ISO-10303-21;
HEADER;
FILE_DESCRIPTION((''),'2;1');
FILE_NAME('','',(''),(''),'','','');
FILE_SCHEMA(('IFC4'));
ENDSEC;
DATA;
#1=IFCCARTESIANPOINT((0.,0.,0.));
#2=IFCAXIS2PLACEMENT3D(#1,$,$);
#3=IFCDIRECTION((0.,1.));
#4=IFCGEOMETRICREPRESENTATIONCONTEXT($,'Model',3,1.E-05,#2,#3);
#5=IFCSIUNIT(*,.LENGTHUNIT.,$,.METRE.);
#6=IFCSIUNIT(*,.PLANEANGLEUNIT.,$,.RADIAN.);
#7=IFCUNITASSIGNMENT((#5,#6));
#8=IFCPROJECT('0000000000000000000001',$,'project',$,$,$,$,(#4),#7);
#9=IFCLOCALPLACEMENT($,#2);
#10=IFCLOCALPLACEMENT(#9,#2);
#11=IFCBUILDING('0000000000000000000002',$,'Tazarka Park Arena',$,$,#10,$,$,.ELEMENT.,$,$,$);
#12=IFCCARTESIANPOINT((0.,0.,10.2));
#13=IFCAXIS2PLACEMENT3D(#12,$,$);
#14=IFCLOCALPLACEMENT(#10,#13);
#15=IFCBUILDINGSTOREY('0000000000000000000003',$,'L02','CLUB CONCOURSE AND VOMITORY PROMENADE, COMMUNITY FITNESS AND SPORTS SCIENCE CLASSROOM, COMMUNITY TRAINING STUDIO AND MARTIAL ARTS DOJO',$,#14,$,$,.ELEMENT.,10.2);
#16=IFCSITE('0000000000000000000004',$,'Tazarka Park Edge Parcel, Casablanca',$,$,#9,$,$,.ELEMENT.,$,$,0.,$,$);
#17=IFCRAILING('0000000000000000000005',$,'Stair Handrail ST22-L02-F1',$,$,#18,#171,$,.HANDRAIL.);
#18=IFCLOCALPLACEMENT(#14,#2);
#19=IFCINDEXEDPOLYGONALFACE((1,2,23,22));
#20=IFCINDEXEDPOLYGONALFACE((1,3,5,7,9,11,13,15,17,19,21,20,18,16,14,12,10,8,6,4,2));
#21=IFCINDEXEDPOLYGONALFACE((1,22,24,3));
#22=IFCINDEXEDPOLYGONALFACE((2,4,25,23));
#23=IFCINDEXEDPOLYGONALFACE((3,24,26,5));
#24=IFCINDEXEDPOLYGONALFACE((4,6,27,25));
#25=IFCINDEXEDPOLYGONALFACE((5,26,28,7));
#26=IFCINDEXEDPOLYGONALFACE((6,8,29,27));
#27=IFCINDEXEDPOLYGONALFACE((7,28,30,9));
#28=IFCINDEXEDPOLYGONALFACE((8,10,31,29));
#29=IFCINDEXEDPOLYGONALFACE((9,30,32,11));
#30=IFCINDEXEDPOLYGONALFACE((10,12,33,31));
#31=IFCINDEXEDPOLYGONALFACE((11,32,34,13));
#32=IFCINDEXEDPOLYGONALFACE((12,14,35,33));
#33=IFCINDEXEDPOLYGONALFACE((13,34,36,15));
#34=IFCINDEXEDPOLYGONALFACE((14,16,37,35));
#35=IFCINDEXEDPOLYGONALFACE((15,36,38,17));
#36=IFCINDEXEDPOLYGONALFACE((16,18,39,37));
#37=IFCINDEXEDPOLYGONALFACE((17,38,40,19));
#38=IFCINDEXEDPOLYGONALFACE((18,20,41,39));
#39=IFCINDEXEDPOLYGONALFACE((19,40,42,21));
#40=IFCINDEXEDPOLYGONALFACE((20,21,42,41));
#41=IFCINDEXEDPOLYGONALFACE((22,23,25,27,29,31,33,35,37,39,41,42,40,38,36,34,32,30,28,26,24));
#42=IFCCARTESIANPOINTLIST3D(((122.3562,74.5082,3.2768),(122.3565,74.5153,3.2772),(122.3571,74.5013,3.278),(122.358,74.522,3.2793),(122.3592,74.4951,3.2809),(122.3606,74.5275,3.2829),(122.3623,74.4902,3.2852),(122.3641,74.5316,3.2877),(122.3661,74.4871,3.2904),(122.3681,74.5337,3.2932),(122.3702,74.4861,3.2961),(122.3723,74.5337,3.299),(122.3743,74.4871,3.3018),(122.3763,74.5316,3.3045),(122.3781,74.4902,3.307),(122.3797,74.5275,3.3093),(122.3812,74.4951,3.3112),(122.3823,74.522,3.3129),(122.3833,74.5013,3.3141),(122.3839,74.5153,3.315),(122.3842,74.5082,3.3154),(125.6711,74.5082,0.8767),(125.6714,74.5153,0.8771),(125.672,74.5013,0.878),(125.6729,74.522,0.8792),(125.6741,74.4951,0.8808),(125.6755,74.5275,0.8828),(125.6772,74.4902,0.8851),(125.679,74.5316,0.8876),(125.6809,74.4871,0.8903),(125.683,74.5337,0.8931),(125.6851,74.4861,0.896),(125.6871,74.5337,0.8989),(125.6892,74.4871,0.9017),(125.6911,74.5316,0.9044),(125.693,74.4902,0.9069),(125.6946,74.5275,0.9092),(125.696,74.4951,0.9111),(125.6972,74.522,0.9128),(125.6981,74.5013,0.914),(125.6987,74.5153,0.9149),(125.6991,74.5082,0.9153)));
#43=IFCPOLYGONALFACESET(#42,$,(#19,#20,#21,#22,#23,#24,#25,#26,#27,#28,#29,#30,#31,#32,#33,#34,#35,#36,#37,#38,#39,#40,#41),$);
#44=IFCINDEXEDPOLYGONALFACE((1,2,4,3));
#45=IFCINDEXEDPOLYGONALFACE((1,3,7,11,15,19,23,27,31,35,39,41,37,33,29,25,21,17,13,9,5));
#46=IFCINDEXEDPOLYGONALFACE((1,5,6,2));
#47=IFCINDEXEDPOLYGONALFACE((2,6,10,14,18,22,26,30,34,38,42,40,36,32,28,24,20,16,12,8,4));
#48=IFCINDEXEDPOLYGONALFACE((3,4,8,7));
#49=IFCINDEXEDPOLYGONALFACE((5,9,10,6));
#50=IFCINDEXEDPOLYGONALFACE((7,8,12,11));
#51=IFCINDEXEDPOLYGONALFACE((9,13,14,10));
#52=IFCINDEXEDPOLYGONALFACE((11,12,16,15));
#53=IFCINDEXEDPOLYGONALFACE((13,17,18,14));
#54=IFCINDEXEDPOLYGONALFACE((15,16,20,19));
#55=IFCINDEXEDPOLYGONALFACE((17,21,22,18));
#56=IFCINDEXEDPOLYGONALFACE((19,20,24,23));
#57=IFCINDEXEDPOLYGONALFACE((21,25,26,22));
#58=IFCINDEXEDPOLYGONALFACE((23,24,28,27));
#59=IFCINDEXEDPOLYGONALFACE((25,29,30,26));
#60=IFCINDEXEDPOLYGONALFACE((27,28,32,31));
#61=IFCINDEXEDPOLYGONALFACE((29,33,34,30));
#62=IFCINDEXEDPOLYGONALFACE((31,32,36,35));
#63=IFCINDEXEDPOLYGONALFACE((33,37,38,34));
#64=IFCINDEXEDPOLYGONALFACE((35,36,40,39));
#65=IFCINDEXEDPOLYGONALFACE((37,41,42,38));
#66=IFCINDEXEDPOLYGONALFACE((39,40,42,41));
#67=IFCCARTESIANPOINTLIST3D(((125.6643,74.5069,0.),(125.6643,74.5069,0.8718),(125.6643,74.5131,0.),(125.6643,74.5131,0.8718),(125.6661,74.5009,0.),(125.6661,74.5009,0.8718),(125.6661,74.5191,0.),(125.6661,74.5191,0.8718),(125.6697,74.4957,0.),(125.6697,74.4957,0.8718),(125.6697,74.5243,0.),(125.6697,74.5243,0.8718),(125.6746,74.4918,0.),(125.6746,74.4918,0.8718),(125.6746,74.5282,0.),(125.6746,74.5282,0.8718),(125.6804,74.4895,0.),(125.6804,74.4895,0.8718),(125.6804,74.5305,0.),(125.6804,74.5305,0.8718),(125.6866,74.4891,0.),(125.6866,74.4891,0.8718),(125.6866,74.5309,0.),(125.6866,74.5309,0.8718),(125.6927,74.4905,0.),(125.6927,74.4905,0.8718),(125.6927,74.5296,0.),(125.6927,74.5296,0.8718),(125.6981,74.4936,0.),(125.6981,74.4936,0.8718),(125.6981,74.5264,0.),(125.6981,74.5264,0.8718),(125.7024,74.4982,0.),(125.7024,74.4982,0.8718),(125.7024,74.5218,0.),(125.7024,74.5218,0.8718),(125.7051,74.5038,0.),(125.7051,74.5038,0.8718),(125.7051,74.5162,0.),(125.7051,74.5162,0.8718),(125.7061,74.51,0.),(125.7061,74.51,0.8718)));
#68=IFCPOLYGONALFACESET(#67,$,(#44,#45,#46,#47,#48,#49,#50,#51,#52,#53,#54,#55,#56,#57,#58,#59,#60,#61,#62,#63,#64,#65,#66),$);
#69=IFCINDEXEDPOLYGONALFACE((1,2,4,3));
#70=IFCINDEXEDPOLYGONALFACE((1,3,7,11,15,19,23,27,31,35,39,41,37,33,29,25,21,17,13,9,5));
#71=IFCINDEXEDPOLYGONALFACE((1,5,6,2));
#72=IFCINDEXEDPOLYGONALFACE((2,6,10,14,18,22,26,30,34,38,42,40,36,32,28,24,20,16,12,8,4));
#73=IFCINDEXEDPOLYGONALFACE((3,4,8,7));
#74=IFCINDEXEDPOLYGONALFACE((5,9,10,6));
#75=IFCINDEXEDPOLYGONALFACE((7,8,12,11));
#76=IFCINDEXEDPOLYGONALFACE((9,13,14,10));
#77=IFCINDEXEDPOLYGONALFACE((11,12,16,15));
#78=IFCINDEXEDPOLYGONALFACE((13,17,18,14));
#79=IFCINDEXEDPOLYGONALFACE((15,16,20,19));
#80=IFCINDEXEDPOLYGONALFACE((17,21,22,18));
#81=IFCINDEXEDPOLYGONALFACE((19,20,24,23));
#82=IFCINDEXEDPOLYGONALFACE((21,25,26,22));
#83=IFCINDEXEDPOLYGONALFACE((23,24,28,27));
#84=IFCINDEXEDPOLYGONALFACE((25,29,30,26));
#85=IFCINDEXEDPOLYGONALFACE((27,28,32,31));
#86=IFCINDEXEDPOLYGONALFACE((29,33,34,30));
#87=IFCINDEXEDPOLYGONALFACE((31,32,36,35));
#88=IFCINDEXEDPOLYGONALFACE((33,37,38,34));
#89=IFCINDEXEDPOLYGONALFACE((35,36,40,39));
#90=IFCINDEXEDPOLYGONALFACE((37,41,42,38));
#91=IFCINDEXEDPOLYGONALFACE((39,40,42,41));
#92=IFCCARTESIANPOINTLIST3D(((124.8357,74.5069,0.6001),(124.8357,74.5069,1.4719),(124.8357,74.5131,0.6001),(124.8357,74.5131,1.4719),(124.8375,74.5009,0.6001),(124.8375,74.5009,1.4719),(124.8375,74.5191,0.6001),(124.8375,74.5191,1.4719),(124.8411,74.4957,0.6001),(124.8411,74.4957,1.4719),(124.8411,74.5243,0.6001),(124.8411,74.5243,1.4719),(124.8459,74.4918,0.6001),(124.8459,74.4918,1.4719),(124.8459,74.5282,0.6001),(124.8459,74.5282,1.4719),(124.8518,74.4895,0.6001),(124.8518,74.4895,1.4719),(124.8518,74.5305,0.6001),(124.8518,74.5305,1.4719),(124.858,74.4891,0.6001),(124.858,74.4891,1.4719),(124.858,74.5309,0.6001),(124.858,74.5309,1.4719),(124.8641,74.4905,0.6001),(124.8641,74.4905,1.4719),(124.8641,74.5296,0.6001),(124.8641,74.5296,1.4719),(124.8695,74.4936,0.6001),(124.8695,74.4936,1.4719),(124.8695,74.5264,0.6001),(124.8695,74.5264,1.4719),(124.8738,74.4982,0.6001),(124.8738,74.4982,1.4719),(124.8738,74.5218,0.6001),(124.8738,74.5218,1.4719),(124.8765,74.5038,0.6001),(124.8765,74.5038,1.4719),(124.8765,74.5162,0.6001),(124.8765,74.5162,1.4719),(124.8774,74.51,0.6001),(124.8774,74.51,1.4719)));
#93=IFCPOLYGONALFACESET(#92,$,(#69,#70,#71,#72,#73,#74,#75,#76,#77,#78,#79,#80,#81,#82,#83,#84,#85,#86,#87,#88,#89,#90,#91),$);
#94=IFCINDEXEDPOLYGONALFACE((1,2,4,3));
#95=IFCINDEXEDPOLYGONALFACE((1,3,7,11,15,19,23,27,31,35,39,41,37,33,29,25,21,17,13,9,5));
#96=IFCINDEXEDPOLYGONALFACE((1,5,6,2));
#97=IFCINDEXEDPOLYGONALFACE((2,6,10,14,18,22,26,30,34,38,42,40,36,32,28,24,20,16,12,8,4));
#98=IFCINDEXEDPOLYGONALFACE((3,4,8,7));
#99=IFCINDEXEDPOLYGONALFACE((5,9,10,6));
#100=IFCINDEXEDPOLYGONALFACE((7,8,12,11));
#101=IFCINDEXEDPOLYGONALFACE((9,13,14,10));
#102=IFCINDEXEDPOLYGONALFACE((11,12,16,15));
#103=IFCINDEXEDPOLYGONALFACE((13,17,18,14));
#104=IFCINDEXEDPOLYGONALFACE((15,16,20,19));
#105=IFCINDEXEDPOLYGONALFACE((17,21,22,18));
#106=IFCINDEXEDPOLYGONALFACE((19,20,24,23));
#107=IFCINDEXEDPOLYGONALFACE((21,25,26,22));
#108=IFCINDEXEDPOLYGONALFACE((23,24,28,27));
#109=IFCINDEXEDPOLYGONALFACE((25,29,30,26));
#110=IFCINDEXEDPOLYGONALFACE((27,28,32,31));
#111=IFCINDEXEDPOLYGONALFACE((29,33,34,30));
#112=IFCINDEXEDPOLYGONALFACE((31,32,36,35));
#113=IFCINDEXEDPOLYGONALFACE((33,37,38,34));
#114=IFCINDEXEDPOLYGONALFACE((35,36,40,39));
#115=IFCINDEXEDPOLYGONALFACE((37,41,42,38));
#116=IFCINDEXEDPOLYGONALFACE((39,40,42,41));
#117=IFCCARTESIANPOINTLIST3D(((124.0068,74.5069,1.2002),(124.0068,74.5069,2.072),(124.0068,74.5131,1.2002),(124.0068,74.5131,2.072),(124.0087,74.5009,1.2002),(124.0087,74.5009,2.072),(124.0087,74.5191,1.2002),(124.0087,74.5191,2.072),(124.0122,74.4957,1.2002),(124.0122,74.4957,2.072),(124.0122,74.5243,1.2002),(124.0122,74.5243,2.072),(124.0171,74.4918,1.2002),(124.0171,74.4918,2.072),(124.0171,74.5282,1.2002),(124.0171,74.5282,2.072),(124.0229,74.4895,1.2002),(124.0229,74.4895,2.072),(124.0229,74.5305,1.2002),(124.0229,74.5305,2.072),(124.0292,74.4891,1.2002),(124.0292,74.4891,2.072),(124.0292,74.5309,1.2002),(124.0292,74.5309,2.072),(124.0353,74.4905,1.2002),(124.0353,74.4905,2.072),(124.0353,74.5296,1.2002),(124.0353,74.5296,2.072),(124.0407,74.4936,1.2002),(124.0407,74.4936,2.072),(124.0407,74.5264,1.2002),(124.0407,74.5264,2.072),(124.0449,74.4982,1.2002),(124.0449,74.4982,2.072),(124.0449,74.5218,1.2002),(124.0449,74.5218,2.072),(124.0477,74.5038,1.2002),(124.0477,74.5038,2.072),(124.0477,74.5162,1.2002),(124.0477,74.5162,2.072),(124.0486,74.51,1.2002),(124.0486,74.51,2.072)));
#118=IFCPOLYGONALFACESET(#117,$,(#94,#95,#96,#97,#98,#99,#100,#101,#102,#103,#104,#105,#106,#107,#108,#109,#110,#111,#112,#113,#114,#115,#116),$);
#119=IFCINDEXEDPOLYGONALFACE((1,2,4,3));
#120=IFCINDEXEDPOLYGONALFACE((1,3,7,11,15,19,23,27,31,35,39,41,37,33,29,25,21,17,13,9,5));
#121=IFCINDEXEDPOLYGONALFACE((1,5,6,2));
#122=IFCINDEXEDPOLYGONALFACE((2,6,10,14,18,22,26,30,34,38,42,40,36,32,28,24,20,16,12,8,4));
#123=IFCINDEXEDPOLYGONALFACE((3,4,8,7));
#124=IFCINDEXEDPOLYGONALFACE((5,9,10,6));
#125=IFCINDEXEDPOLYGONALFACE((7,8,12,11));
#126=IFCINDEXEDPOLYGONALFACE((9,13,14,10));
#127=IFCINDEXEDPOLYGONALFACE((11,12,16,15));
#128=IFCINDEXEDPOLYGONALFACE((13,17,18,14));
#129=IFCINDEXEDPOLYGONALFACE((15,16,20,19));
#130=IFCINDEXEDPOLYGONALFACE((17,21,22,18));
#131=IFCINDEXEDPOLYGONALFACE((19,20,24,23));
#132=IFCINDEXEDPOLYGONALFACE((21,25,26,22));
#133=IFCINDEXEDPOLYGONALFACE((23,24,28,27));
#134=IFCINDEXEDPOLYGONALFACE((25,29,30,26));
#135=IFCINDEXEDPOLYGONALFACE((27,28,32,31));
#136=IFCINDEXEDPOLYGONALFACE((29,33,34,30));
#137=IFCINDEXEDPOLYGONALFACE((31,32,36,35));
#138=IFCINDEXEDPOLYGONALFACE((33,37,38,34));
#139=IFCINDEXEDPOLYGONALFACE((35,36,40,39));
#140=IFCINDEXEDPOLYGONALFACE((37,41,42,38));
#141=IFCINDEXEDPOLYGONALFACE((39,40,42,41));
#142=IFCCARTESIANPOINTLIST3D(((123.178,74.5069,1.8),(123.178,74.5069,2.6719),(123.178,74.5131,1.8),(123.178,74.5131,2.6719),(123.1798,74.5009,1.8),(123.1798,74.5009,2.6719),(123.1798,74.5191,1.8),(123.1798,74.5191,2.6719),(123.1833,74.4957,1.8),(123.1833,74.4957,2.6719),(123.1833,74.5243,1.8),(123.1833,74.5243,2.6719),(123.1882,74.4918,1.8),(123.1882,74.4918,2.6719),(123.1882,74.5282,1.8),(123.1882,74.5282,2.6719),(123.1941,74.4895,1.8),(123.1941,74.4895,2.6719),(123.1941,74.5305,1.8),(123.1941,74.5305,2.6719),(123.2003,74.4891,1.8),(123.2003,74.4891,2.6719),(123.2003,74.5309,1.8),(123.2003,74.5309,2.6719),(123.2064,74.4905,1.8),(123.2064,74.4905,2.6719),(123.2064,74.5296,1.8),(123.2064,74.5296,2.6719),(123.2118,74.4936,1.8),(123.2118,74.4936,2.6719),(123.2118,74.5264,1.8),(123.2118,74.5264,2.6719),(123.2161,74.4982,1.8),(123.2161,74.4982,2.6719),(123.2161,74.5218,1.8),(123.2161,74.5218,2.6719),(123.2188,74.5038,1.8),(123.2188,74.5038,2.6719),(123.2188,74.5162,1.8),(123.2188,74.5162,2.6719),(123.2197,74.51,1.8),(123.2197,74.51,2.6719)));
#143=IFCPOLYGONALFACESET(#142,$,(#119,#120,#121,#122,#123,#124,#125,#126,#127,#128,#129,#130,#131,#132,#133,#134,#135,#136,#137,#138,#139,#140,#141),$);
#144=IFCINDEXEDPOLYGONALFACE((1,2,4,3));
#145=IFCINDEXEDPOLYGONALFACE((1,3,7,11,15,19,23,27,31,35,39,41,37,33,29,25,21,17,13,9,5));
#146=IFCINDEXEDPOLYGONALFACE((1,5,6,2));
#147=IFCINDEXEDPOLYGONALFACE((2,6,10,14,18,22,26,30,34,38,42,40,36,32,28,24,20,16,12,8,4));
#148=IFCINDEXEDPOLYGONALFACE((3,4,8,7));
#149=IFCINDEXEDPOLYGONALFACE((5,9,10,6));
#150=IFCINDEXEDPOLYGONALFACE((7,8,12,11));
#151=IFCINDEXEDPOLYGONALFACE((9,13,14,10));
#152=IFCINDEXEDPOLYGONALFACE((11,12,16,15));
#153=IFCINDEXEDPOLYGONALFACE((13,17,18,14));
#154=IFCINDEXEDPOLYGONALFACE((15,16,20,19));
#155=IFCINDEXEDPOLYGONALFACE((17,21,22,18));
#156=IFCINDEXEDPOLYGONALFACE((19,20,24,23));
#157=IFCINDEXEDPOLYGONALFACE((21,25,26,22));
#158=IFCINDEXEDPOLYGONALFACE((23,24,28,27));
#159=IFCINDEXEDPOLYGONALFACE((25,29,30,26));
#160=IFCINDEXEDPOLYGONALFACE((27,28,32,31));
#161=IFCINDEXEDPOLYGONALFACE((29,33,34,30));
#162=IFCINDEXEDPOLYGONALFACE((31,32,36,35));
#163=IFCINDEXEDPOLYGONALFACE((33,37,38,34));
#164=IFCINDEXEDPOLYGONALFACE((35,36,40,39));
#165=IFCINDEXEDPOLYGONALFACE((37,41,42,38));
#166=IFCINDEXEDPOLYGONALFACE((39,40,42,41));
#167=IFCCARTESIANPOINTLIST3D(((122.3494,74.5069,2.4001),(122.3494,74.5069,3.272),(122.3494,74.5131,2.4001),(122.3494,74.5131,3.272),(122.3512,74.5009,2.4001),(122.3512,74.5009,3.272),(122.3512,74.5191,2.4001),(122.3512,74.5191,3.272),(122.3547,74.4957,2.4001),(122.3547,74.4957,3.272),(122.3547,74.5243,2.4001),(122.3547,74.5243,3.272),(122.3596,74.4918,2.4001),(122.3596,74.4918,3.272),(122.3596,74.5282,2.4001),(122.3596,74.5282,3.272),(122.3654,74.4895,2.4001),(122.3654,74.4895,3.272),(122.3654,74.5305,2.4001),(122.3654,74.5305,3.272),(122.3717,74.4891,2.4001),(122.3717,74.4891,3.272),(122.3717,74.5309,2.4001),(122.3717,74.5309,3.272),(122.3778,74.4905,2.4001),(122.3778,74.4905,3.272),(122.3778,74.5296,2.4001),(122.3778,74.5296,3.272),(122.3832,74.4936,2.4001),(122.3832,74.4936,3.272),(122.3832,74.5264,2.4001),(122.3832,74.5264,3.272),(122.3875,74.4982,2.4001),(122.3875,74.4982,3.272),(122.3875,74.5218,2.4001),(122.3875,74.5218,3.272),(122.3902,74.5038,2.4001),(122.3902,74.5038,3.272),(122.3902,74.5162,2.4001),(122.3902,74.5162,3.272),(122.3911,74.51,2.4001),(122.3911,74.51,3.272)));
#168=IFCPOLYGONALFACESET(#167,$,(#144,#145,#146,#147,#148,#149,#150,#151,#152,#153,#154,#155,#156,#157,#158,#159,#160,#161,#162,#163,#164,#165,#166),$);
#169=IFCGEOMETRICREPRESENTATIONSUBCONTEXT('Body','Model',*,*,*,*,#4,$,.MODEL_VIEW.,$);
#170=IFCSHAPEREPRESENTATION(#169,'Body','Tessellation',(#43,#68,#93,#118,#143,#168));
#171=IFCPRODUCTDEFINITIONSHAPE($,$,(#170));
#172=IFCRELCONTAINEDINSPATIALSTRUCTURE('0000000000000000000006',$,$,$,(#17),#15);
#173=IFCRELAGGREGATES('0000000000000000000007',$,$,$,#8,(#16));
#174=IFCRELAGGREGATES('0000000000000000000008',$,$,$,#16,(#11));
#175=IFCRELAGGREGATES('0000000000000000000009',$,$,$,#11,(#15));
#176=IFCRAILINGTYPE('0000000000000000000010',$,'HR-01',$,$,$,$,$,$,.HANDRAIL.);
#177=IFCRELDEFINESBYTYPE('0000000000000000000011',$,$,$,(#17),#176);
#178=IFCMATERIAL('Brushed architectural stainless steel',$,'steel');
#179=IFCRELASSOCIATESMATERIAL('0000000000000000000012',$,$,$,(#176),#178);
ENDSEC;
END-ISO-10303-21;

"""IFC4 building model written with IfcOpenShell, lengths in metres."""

from ifc_helpers import new_model, si_unit, direction, frame, origin, origin_2d, place, context, subcontext, project, spatial, circle, extrude, material, type_object, element, save


model = new_model("IFC4")

# Units and contexts
model_context = context("Model", 3, precision=1e-05, world=origin(), true_north=direction((0.0, 1.0)))
body_context = subcontext(model_context, "Body", "Model", "MODEL_VIEW")
ifc_project = project(units=[si_unit("LENGTHUNIT", "METRE"), si_unit("PLANEANGLEUNIT", "RADIAN")], contexts=[model_context])

# Site, building, storey
site_placement = place(None, origin())
site = spatial("IfcSite", under=ifc_project, at=site_placement, Name="Tazarka Park Edge Parcel, Casablanca", CompositionType="ELEMENT", RefElevation=0.0)
building_placement = place(site_placement, origin())
building = spatial("IfcBuilding", under=site, at=building_placement, Name="Tazarka Park Arena", CompositionType="ELEMENT")
storey_placement = place(building_placement, frame((0.0, 0.0, 10.2)))
storey = spatial("IfcBuildingStorey", under=building, at=storey_placement, Name="L02", Description="CLUB CONCOURSE AND VOMITORY PROMENADE, COMMUNITY FITNESS AND SPORTS SCIENCE CLASSROOM, COMMUNITY TRAINING STUDIO AND MARTIAL ARTS DOJO", CompositionType="ELEMENT", Elevation=10.2)

# Railing
ifc_material_1 = material(Name="Brushed architectural stainless steel", Category="steel")
railing_type_1 = type_object("IfcRailingType", Name="HR-01", PredefinedType="HANDRAIL", material=ifc_material_1)
railing_1_placement = place(storey_placement, frame((125.6851, 74.51, 0.0)))
element("IfcRailing", 1, at=railing_1_placement, inside=storey, type_object=railing_type_1, Name="Stair Handrail ST22-L02-F1", PredefinedType="HANDRAIL", context=body_context, shape_type="SweptSolid", body=[
    extrude(circle(Radius=0.0239, at=origin_2d()), frame((0.0, 0.0, 0.896), z_axis=(-0.80998, 0.0, 0.586457), x_axis=(0.0, -1.0, 0.0)), (0.0, 0.0, 1.0), 4.0925),
    extrude(circle(Radius=0.021, at=origin_2d()), origin(), (0.0, 0.0, 1.0), 0.8718),
    extrude(circle(Radius=0.021, at=origin_2d()), frame((-0.8286, 0.0, 0.6001)), (0.0, 0.0, 1.0), 0.8718),
    extrude(circle(Radius=0.021, at=origin_2d()), frame((-1.6575, 0.0, 1.2002)), (0.0, 0.0, 1.0), 0.8718),
    extrude(circle(Radius=0.021, at=origin_2d()), frame((-2.4863, 0.0, 1.8)), (0.0, 0.0, 1.0), 0.8718),
    extrude(circle(Radius=0.021, at=origin_2d()), frame((-3.3149, 0.0, 2.4001)), (0.0, 0.0, 1.0), 0.8718),
])

save(model, "model.ifc")
